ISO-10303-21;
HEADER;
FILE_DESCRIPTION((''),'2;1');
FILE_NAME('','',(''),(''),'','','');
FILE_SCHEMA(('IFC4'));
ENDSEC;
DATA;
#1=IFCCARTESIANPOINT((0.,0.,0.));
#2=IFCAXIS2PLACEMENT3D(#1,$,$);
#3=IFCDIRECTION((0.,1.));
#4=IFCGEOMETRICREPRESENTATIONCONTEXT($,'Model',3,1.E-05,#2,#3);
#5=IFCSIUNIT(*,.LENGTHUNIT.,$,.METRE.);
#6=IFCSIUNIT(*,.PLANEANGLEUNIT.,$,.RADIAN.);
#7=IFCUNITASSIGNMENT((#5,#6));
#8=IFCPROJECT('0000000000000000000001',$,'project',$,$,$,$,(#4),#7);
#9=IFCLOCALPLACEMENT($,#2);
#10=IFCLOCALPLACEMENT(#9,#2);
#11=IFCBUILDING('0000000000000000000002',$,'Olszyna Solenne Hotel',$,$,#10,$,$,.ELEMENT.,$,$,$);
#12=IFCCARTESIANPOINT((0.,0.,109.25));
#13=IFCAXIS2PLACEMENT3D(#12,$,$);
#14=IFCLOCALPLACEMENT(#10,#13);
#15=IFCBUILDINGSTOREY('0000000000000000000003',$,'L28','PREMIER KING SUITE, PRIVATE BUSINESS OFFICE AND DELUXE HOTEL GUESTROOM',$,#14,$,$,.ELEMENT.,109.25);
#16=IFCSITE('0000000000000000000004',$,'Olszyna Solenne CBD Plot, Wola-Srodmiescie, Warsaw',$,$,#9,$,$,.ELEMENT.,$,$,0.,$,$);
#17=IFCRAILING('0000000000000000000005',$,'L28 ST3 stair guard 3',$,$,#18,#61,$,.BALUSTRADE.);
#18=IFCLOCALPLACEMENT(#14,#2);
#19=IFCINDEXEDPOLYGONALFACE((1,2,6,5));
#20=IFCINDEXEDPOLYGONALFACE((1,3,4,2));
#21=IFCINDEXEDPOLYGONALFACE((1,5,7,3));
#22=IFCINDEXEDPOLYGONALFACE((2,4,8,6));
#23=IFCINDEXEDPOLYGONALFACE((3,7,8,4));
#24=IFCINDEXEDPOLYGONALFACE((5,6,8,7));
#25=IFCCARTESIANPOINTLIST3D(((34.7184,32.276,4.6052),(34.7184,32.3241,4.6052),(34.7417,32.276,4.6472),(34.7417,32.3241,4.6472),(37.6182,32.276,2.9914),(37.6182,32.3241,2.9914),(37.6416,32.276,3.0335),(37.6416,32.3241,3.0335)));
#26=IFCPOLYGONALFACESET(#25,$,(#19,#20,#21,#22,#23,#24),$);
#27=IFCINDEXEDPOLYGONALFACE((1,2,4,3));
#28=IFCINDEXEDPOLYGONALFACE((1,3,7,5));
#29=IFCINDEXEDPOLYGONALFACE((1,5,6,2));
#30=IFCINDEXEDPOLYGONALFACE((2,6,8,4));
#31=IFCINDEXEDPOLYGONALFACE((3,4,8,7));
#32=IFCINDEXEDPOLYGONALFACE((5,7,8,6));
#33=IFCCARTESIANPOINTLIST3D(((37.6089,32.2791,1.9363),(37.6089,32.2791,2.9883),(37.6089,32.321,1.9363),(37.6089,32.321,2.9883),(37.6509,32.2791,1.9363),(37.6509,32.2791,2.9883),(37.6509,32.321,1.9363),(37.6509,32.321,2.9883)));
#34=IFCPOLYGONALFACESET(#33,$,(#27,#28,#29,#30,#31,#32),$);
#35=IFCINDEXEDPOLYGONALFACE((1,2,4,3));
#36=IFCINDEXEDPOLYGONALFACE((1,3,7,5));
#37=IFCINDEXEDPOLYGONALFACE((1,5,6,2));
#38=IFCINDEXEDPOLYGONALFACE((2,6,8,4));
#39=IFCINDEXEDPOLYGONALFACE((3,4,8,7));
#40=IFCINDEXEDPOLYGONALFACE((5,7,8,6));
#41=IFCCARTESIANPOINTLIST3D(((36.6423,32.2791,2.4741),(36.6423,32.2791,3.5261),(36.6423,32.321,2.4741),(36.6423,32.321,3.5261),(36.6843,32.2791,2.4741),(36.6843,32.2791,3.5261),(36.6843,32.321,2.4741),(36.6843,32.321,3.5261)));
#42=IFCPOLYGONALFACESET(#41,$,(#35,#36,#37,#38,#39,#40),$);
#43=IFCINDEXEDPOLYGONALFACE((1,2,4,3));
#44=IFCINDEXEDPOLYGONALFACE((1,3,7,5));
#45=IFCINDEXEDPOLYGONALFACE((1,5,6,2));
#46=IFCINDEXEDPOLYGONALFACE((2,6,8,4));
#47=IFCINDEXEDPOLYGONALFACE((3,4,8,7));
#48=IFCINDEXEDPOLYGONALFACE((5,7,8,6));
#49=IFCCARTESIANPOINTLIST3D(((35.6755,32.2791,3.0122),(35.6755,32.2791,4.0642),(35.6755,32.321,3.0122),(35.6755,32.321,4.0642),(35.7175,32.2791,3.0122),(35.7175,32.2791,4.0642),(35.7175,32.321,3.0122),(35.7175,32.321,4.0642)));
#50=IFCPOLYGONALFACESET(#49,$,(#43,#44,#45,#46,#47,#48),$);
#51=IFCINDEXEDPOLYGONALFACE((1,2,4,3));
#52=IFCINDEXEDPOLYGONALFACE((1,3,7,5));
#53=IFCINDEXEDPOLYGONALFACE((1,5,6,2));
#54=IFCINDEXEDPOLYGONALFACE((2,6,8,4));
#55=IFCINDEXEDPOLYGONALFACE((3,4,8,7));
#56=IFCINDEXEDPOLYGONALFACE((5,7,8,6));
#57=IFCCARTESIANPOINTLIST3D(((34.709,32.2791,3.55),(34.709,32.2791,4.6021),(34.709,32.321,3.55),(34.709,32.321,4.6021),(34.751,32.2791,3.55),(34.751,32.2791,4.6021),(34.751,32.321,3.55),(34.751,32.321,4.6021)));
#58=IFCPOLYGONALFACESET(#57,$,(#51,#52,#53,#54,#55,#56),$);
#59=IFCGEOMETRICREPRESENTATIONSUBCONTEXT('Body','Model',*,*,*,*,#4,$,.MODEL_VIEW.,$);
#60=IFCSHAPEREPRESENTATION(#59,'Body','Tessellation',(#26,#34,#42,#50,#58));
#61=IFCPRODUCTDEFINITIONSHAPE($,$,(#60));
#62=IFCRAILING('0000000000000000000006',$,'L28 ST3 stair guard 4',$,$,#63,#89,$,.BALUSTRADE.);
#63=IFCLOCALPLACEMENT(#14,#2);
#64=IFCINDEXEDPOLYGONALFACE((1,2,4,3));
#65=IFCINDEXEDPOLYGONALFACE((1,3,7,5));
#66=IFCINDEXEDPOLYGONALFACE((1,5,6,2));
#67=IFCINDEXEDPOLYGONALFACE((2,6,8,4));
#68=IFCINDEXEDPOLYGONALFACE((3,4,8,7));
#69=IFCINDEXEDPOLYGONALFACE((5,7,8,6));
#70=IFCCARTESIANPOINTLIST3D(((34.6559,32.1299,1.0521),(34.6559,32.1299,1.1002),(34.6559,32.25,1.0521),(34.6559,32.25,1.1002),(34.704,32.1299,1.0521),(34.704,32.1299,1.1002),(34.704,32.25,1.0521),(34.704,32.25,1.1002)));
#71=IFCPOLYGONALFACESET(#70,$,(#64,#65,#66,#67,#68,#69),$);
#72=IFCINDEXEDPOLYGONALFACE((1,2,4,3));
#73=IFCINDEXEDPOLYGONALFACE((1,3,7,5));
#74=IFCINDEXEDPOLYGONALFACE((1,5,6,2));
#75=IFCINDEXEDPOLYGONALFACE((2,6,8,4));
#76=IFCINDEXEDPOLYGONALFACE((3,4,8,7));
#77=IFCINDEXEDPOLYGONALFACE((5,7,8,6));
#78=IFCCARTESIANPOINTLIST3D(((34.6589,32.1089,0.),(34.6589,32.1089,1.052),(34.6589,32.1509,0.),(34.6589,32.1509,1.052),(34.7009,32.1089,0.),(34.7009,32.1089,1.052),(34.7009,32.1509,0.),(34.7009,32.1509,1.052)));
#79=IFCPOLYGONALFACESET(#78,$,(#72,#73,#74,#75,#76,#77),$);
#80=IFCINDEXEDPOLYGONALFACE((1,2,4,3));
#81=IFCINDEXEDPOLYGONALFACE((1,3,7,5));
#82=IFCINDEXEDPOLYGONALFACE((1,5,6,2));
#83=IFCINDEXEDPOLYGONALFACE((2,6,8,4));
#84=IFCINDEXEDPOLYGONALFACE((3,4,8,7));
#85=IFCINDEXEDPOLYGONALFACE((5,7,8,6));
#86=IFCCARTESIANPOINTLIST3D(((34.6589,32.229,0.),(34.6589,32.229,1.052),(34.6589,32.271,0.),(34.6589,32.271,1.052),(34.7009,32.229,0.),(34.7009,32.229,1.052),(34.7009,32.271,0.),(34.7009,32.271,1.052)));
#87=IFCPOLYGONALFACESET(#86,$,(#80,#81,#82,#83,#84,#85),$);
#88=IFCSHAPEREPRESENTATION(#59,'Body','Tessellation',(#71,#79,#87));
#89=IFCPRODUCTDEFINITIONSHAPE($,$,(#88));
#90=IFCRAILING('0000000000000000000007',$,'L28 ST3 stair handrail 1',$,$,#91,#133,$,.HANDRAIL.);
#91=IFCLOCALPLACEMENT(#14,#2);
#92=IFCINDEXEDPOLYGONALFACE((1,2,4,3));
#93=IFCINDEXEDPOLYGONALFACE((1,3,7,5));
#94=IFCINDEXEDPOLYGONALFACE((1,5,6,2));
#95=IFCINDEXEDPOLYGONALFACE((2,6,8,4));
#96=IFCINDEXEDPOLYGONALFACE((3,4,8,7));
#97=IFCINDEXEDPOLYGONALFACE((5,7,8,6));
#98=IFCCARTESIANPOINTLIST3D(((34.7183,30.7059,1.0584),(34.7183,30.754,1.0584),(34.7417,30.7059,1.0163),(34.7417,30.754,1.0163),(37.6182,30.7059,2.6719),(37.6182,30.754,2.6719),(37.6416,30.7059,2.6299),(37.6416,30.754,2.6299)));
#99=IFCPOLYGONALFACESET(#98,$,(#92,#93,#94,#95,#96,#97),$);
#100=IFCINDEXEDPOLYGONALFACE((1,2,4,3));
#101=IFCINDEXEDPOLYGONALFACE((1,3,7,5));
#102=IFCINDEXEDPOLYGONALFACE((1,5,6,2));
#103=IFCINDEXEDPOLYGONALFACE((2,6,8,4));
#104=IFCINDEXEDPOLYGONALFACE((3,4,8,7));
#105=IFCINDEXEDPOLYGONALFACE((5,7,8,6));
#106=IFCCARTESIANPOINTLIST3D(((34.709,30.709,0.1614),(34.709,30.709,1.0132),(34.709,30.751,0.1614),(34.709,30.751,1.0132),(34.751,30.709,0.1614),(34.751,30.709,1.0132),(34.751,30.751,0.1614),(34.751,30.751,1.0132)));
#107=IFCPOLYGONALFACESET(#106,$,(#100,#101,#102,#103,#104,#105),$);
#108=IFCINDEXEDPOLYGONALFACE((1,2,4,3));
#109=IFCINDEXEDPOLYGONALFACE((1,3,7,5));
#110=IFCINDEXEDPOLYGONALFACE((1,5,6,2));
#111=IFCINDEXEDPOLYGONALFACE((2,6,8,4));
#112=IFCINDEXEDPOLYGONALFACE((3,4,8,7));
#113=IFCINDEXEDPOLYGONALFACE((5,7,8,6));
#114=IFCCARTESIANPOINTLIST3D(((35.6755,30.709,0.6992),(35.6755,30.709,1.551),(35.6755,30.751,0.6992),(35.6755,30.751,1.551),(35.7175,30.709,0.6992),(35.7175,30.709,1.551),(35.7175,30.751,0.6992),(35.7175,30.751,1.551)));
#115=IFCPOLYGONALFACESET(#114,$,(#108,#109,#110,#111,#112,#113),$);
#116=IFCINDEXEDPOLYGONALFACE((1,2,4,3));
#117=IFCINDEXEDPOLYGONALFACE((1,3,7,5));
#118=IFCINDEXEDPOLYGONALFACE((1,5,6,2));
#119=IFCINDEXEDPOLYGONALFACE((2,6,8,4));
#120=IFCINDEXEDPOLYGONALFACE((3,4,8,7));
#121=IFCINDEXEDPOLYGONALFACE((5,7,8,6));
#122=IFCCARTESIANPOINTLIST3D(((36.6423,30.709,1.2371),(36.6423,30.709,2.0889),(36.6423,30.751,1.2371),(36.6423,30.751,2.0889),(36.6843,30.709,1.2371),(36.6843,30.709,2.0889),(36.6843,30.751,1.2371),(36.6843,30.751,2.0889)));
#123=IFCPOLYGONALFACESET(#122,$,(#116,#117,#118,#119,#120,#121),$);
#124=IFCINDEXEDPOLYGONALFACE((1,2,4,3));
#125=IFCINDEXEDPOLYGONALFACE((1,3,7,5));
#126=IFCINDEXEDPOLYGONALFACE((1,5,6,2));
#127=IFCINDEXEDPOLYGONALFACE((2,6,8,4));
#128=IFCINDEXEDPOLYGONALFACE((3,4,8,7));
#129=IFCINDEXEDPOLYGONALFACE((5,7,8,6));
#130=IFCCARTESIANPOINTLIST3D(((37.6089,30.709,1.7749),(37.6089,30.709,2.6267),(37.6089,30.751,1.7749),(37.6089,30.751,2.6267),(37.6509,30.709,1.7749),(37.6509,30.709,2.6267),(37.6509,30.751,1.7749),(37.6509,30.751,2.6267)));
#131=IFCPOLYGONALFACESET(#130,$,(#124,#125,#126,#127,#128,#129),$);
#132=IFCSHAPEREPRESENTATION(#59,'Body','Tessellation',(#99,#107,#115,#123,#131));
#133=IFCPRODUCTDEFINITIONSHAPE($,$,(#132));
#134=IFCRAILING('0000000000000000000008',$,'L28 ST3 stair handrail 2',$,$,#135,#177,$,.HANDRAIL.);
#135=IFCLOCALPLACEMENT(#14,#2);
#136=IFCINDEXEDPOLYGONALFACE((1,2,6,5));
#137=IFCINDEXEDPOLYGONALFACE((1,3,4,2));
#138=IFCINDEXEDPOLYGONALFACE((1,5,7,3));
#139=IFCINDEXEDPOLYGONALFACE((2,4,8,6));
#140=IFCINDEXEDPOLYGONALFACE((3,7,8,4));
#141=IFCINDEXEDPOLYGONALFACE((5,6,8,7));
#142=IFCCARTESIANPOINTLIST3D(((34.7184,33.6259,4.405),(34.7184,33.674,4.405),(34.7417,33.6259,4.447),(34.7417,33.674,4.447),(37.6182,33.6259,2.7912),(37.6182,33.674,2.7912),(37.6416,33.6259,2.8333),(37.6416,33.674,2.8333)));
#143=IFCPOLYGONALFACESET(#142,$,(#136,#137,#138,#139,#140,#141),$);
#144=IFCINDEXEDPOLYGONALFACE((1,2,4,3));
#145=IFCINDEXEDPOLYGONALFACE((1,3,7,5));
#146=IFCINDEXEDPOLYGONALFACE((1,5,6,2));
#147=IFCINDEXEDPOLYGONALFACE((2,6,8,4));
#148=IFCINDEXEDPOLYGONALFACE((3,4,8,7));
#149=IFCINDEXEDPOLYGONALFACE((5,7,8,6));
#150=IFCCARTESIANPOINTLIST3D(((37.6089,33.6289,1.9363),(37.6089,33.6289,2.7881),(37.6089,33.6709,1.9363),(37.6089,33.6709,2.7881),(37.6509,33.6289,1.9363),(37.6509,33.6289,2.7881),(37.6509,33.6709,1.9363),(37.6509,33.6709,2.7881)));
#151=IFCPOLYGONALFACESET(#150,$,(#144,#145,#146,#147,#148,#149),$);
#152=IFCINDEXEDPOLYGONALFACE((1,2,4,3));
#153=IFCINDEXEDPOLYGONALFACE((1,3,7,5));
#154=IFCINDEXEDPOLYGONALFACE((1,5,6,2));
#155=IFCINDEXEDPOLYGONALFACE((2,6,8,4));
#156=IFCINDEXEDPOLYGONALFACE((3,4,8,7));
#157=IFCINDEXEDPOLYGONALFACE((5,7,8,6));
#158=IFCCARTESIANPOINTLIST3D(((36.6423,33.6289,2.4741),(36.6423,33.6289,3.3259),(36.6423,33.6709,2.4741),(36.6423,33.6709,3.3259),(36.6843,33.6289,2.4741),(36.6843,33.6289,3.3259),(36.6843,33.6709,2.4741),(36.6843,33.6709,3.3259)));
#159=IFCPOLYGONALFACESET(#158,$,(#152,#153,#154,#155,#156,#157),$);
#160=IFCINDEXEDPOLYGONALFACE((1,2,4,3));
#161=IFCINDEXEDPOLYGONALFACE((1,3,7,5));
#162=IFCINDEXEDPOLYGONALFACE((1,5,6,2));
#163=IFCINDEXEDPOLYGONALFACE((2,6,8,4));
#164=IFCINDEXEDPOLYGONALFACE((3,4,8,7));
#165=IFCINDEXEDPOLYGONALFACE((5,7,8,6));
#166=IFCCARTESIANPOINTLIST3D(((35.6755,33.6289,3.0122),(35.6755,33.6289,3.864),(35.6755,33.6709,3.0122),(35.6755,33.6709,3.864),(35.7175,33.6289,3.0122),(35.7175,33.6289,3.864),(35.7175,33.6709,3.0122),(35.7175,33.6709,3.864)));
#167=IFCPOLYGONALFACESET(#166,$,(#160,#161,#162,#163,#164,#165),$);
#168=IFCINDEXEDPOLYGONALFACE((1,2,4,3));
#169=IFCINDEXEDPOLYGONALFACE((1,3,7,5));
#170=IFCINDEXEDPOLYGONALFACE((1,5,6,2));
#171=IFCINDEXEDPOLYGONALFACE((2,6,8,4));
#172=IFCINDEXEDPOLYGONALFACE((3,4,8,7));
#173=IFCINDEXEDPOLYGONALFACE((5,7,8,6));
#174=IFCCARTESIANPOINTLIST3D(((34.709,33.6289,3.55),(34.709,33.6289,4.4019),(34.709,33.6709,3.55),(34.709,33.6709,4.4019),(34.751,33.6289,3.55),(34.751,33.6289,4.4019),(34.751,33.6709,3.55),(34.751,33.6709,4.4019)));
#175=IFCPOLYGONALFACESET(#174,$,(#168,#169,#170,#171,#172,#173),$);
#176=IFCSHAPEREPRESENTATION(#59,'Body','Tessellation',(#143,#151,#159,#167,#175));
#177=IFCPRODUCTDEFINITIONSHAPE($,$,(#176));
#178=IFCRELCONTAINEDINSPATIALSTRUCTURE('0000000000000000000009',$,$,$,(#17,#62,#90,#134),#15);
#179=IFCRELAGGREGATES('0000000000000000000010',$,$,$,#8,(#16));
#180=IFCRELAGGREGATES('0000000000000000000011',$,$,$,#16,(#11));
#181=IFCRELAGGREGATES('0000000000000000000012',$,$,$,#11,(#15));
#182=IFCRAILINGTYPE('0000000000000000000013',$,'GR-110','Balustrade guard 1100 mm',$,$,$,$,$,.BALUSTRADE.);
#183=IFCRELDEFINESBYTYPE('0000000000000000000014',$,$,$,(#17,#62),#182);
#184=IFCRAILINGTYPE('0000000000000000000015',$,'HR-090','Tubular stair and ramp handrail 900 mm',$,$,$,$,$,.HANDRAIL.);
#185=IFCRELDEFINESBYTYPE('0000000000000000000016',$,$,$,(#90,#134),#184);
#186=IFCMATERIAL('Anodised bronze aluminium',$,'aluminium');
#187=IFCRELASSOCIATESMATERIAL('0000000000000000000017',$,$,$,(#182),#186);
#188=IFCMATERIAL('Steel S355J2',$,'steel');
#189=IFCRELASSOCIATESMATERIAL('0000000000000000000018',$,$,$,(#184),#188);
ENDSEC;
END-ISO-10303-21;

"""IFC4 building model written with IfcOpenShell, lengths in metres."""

from ifc_helpers import new_model, si_unit, direction, frame, origin, origin_2d, place, context, subcontext, project, spatial, rectangle, extrude, material, type_object, element, save


model = new_model("IFC4")

# Units and contexts
model_context = context("Model", 3, precision=1e-05, world=origin(), true_north=direction((0.0, 1.0)))
body_context = subcontext(model_context, "Body", "Model", "MODEL_VIEW")
ifc_project = project(units=[si_unit("LENGTHUNIT", "METRE"), si_unit("PLANEANGLEUNIT", "RADIAN")], contexts=[model_context])

# Site, building, storey
site_placement = place(None, origin())
site = spatial("IfcSite", under=ifc_project, at=site_placement, Name="Olszyna Solenne CBD Plot, Wola-Srodmiescie, Warsaw", CompositionType="ELEMENT", RefElevation=0.0)
building_placement = place(site_placement, origin())
building = spatial("IfcBuilding", under=site, at=building_placement, Name="Olszyna Solenne Hotel", CompositionType="ELEMENT")
storey_placement = place(building_placement, frame((0.0, 0.0, 109.25)))
storey = spatial("IfcBuildingStorey", under=building, at=storey_placement, Name="L28", Description="PREMIER KING SUITE, PRIVATE BUSINESS OFFICE AND DELUXE HOTEL GUESTROOM", CompositionType="ELEMENT", Elevation=109.25)

# Shared definitions
ifc_material_1 = material(Name="Steel S355J2", Category="steel")

# Shared definitions
ifc_material_2 = material(Name="Anodised bronze aluminium", Category="aluminium")

# Railings
railing_type_1 = type_object("IfcRailingType", Name="GR-110", Description="Balustrade guard 1100 mm", PredefinedType="BALUSTRADE", material=ifc_material_2)
railing_1_placement = place(storey_placement, frame((37.6299, 32.3, 1.9363)))
element("IfcRailing", 1, at=railing_1_placement, inside=storey, type_object=railing_type_1, Name="L28 ST3 stair guard 3", PredefinedType="BALUSTRADE", context=body_context, shape_type="SweptSolid", body=[
    extrude(rectangle(XDim=0.0481, YDim=0.0481, at=origin_2d()), frame((0.0, 0.0, 1.0762), z_axis=(-0.87381, 0.0, 0.486267), x_axis=(0.0, -1.0, 0.0)), (0.0, 0.0, 1.0), 3.3186),
    extrude(rectangle(XDim=0.042, YDim=0.042, at=origin_2d()), origin(), (0.0, 0.0, 1.0), 1.052),
    extrude(rectangle(XDim=0.042, YDim=0.042, at=origin_2d()), frame((-0.9666, 0.0, 0.5378)), (0.0, 0.0, 1.0), 1.052),
    extrude(rectangle(XDim=0.042, YDim=0.042, at=origin_2d()), frame((-1.9333, 0.0, 1.0759)), (0.0, 0.0, 1.0), 1.052),
    extrude(rectangle(XDim=0.042, YDim=0.042, at=origin_2d()), frame((-2.8999, 0.0, 1.6138)), (0.0, 0.0, 1.0), 1.052),
])
railing_2_placement = place(storey_placement, frame((34.6799, 32.1299, 0.0)))
element("IfcRailing", 2, at=railing_2_placement, inside=storey, type_object=railing_type_1, Name="L28 ST3 stair guard 4", PredefinedType="BALUSTRADE", context=body_context, shape_type="SweptSolid", body=[
    extrude(rectangle(XDim=0.0481, YDim=0.0481, at=origin_2d()), frame((0.0, 0.0, 1.0762), z_axis=(0.0, 1.0, 0.0), x_axis=(-1.0, 0.0, 0.0)), (0.0, 0.0, 1.0), 0.1201),
    extrude(rectangle(XDim=0.042, YDim=0.042, at=origin_2d()), origin(), (0.0, 0.0, 1.0), 1.052),
    extrude(rectangle(XDim=0.042, YDim=0.042, at=origin_2d()), frame((0.0, 0.1201, 0.0)), (0.0, 0.0, 1.0), 1.052),
])
railing_type_2 = type_object("IfcRailingType", Name="HR-090", Description="Tubular stair and ramp handrail 900 mm", PredefinedType="HANDRAIL", material=ifc_material_1)
railing_3_placement = place(storey_placement, frame((34.73, 30.73, 0.1614)))
element("IfcRailing", 3, at=railing_3_placement, inside=storey, type_object=railing_type_2, Name="L28 ST3 stair handrail 1", PredefinedType="HANDRAIL", context=body_context, shape_type="SweptSolid", body=[
    extrude(rectangle(XDim=0.0481, YDim=0.0481, at=origin_2d()), frame((0.0, 0.0, 0.876), z_axis=(0.873841, 0.0, 0.486211), x_axis=(0.0, 1.0, 0.0)), (0.0, 0.0, 1.0), 3.3186),
    extrude(rectangle(XDim=0.042, YDim=0.042, at=origin_2d()), origin(), (0.0, 0.0, 1.0), 0.8518),
    extrude(rectangle(XDim=0.042, YDim=0.042, at=origin_2d()), frame((0.9666, 0.0, 0.5378)), (0.0, 0.0, 1.0), 0.8518),
    extrude(rectangle(XDim=0.042, YDim=0.042, at=origin_2d()), frame((1.9333, 0.0, 1.0757)), (0.0, 0.0, 1.0), 0.8518),
    extrude(rectangle(XDim=0.042, YDim=0.042, at=origin_2d()), frame((2.8999, 0.0, 1.6135)), (0.0, 0.0, 1.0), 0.8518),
])
railing_4_placement = place(storey_placement, frame((37.6299, 33.6499, 1.9363)))
element("IfcRailing", 4, at=railing_4_placement, inside=storey, type_object=railing_type_2, Name="L28 ST3 stair handrail 2", PredefinedType="HANDRAIL", context=body_context, shape_type="SweptSolid", body=[
    extrude(rectangle(XDim=0.0481, YDim=0.0481, at=origin_2d()), frame((0.0, 0.0, 0.876), z_axis=(-0.87381, 0.0, 0.486267), x_axis=(0.0, -1.0, 0.0)), (0.0, 0.0, 1.0), 3.3186),
    extrude(rectangle(XDim=0.042, YDim=0.042, at=origin_2d()), origin(), (0.0, 0.0, 1.0), 0.8518),
    extrude(rectangle(XDim=0.042, YDim=0.042, at=origin_2d()), frame((-0.9666, 0.0, 0.5378)), (0.0, 0.0, 1.0), 0.8518),
    extrude(rectangle(XDim=0.042, YDim=0.042, at=origin_2d()), frame((-1.9333, 0.0, 1.0759)), (0.0, 0.0, 1.0), 0.8518),
    extrude(rectangle(XDim=0.042, YDim=0.042, at=origin_2d()), frame((-2.8999, 0.0, 1.6138)), (0.0, 0.0, 1.0), 0.8518),
])

save(model, "model.ifc")
